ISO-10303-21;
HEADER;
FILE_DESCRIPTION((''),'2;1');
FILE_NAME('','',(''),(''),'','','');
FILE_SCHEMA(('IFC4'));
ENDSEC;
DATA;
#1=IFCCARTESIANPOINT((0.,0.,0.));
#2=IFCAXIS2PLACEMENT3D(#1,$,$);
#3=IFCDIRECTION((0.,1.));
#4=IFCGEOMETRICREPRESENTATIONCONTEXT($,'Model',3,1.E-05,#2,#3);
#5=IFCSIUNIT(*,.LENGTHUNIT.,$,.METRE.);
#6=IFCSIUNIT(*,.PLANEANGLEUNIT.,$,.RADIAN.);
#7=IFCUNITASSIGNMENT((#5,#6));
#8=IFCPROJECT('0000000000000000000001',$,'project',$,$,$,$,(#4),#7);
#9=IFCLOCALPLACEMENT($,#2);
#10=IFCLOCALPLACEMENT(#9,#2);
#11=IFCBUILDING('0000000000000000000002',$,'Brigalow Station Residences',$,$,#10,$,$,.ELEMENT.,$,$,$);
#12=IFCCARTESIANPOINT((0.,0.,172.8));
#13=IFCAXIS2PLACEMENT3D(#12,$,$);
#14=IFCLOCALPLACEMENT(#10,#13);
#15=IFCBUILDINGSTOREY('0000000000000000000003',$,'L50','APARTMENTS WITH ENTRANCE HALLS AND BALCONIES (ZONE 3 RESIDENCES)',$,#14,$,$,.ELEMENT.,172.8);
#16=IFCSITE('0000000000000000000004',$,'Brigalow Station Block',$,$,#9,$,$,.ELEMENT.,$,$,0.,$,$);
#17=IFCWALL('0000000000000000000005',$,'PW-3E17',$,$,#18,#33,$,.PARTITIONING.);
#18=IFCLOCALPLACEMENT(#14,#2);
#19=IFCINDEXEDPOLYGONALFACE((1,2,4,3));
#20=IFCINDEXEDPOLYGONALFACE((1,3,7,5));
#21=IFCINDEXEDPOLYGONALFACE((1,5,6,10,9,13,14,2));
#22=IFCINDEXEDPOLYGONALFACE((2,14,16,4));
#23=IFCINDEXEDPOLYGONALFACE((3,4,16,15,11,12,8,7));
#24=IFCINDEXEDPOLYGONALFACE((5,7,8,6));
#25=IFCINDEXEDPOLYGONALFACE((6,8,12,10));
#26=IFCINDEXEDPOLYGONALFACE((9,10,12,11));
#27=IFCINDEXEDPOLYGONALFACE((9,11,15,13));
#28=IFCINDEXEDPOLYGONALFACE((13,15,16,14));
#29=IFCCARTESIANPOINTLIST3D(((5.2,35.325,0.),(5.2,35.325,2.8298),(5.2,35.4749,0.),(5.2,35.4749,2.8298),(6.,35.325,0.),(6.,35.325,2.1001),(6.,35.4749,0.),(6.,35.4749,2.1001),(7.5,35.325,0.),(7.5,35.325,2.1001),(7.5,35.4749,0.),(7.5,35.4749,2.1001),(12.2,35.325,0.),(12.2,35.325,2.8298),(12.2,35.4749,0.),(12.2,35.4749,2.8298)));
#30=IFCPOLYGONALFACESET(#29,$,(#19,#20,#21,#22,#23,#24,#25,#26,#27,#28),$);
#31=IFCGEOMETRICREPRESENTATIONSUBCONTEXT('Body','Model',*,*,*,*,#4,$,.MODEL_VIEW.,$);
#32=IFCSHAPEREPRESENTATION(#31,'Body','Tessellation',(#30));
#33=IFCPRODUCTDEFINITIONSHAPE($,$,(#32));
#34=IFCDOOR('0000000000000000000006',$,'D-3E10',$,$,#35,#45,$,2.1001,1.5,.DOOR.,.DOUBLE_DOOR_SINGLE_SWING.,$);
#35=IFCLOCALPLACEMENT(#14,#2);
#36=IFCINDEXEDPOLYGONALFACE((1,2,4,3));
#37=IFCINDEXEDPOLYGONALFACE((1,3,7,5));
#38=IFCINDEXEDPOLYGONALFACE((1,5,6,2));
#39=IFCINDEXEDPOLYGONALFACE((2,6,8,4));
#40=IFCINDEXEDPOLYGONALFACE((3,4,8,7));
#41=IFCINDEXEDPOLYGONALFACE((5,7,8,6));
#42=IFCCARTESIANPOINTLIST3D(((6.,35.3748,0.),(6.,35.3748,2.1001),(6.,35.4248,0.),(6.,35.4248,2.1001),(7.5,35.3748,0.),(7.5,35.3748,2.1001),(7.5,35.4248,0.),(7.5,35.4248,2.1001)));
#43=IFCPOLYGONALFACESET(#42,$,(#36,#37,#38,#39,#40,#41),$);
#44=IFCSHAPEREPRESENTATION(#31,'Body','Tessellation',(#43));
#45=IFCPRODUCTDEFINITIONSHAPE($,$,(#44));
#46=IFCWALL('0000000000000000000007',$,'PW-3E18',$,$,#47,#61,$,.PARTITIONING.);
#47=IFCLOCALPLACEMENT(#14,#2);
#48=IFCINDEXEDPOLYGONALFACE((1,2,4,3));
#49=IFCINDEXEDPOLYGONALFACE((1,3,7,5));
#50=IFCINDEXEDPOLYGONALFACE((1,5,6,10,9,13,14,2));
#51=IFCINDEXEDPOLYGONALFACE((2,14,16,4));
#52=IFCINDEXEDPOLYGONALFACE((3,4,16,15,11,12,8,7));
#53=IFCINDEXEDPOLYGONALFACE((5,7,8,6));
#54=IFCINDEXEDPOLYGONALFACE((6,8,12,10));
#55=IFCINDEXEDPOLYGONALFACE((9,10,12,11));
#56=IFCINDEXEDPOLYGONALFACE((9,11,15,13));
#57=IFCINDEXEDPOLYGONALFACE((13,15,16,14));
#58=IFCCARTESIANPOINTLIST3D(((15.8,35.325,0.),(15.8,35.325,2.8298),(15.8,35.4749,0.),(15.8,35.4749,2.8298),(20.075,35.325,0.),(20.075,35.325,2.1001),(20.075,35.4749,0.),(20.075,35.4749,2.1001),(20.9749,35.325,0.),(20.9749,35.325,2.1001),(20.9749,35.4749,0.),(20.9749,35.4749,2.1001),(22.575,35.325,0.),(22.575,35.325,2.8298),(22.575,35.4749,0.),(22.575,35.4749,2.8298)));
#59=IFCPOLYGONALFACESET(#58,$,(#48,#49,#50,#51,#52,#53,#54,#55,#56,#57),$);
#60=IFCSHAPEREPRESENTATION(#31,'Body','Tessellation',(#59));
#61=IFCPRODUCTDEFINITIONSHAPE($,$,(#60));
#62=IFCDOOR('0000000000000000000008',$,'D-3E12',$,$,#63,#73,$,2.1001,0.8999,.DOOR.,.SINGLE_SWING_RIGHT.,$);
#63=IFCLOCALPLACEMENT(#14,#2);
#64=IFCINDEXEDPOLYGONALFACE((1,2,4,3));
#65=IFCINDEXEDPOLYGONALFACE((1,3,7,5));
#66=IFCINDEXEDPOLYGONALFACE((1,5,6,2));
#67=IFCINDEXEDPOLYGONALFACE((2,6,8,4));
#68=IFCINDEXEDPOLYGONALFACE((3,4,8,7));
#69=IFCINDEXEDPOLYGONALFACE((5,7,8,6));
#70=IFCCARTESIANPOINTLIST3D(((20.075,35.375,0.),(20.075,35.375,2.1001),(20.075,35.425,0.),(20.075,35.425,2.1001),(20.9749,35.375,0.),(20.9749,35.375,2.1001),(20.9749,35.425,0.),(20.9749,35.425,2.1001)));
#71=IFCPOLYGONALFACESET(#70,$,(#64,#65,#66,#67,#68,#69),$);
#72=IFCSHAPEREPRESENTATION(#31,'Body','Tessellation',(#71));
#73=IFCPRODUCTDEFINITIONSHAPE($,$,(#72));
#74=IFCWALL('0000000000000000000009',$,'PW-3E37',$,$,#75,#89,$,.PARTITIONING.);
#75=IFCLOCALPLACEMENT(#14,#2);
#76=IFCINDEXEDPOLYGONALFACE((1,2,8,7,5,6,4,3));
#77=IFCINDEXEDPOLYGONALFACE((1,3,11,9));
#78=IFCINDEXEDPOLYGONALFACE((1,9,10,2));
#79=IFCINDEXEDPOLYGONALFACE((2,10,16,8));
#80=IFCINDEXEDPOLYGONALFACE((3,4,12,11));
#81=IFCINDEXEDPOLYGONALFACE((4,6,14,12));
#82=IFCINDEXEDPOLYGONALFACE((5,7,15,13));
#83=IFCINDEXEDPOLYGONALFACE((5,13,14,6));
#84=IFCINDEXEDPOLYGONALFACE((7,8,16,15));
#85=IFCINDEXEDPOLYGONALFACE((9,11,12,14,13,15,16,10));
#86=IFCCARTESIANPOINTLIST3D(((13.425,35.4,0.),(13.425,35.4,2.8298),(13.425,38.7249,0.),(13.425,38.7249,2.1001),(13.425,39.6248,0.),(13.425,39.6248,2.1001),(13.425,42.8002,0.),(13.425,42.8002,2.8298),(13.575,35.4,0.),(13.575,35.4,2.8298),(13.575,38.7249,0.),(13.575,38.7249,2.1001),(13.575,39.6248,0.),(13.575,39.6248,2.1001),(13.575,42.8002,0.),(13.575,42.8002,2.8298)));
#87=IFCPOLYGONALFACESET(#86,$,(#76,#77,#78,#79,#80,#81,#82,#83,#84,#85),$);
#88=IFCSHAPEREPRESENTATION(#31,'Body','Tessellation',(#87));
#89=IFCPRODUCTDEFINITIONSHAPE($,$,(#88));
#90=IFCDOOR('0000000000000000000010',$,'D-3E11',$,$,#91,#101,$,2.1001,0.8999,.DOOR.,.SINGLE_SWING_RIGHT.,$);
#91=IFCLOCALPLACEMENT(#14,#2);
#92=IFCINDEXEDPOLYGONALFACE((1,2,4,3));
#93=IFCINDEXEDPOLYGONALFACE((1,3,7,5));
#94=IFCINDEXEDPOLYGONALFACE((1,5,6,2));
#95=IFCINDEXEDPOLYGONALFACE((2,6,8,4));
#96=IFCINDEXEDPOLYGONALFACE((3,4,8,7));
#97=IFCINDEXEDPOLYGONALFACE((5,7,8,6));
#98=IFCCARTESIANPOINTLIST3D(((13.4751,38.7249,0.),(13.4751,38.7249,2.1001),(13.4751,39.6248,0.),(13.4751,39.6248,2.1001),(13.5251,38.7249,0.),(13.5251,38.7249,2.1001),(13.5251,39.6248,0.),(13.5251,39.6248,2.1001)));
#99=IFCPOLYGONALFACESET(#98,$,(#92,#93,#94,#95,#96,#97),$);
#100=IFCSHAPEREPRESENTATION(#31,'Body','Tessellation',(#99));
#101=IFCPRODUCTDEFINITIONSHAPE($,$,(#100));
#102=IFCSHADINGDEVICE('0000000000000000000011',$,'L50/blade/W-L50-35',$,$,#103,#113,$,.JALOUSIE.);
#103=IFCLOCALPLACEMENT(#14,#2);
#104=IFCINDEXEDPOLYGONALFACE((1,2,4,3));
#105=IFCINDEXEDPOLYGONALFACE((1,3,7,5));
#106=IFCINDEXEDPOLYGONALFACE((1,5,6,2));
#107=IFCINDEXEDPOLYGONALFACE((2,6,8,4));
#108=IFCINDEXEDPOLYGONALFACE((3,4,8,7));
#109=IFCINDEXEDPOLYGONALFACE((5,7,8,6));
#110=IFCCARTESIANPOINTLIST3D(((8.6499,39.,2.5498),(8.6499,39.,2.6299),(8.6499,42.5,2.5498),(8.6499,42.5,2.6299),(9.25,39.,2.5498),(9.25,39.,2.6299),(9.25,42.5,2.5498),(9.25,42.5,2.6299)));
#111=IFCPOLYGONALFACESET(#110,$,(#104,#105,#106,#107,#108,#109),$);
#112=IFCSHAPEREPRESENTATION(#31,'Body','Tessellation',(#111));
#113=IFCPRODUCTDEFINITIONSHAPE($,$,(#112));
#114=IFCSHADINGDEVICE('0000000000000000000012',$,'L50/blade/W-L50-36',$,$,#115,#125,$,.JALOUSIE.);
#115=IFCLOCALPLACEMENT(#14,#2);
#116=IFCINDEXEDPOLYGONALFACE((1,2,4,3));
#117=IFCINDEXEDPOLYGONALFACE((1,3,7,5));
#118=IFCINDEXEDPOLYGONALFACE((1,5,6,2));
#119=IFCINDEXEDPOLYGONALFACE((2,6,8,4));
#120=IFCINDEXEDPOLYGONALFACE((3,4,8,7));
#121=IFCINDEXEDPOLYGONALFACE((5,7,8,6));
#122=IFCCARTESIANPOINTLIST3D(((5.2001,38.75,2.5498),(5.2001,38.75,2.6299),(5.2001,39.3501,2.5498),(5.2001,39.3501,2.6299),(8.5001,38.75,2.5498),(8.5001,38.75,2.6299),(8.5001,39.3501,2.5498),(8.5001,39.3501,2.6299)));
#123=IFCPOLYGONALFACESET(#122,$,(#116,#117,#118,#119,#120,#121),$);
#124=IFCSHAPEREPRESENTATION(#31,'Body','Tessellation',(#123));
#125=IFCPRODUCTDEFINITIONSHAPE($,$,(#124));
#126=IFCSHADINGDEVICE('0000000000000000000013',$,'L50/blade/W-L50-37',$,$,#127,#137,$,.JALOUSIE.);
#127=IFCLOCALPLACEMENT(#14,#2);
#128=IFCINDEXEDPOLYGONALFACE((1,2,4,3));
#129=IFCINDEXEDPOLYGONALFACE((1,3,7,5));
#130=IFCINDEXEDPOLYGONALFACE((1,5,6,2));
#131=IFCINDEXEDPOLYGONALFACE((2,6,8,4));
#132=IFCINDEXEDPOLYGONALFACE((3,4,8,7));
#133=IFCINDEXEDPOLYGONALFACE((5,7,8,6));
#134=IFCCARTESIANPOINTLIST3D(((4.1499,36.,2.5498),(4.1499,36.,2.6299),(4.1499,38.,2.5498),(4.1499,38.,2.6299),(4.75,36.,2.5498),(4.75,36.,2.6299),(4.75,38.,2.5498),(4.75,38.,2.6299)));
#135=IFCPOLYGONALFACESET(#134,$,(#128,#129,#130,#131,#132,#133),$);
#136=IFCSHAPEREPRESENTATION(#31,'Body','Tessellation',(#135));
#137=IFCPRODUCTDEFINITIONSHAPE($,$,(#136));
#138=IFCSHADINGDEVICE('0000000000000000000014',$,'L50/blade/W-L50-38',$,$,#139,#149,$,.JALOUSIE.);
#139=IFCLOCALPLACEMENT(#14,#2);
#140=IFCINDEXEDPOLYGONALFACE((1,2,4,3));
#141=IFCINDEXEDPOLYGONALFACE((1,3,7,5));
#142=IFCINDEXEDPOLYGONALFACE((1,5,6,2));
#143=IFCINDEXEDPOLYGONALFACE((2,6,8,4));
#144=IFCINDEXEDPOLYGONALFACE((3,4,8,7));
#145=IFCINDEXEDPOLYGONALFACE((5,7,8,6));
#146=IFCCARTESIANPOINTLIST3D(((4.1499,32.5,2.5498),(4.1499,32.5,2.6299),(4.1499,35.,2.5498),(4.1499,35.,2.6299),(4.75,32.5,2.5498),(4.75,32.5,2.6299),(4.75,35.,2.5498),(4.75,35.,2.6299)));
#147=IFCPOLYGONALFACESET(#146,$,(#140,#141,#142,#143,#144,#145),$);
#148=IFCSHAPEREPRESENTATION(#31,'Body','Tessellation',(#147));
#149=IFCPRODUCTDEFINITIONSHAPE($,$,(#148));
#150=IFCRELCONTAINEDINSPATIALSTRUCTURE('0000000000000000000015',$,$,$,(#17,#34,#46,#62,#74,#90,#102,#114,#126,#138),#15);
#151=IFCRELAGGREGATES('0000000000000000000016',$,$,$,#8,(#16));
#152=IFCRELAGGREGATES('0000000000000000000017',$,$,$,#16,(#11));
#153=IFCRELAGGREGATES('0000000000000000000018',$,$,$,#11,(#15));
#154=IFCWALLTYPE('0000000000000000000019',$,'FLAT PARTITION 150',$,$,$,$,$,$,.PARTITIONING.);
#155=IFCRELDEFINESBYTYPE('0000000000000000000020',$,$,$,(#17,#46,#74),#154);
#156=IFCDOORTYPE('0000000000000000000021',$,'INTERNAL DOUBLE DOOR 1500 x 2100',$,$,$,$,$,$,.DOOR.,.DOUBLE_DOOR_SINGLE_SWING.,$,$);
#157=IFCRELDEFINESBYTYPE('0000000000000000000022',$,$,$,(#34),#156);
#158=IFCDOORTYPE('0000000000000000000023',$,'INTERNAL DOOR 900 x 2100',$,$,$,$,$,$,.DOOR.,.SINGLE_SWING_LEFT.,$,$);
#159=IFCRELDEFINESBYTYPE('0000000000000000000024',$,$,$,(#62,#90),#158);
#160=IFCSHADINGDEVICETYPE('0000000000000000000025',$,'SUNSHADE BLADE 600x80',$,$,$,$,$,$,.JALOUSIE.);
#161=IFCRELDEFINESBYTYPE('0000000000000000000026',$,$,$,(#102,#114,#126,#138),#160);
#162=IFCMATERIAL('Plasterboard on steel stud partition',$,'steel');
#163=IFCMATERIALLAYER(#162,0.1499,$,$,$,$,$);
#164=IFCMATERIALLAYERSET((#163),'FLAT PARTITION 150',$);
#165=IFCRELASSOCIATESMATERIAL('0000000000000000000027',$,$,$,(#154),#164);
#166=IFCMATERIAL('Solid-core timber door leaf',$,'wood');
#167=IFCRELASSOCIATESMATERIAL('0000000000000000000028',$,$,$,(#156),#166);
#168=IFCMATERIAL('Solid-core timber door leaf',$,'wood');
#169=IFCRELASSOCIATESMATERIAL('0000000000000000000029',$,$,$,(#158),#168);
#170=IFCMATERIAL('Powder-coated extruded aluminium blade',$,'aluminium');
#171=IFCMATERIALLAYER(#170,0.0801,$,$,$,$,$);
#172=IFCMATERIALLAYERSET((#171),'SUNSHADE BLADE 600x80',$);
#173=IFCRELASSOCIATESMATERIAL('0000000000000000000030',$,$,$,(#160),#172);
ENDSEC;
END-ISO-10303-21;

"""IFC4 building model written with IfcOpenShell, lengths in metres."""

from ifc_helpers import new_model, si_unit, direction, frame, frame_2d, origin, origin_2d, place, context, subcontext, project, spatial, rectangle, extrude, material, layer, layer_set, type_object, element, fill, save


model = new_model("IFC4")

# Units and contexts
model_context = context("Model", 3, precision=1e-05, world=origin(), true_north=direction((0.0, 1.0)))
body_context = subcontext(model_context, "Body", "Model", "MODEL_VIEW")
ifc_project = project(units=[si_unit("LENGTHUNIT", "METRE"), si_unit("PLANEANGLEUNIT", "RADIAN")], contexts=[model_context])

# Site, building, storey
site_placement = place(None, origin())
site = spatial("IfcSite", under=ifc_project, at=site_placement, Name="Brigalow Station Block", CompositionType="ELEMENT", RefElevation=0.0)
building_placement = place(site_placement, origin())
building = spatial("IfcBuilding", under=site, at=building_placement, Name="Brigalow Station Residences", CompositionType="ELEMENT")
storey_placement = place(building_placement, frame((0.0, 0.0, 172.8)))
storey = spatial("IfcBuildingStorey", under=building, at=storey_placement, Name="L50", Description="APARTMENTS WITH ENTRANCE HALLS AND BALCONIES (ZONE 3 RESIDENCES)", CompositionType="ELEMENT", Elevation=172.8)

# Walls, openings, doors
ifc_material_1 = material(Name="Plasterboard on steel stud partition", Category="steel")
ifc_layer_1 = layer(ifc_material_1, 0.1499)
ifc_layer_set_1 = layer_set([ifc_layer_1], Name="FLAT PARTITION 150")
wall_type_1 = type_object("IfcWallType", Name="FLAT PARTITION 150", PredefinedType="PARTITIONING", material=ifc_layer_set_1)
wall_1_placement = place(storey_placement, frame((5.2, 35.3999, 0.0), z_axis=(0.0, 0.0, 1.0), x_axis=(1.0, 0.0, 0.0)))
wall_1 = element("IfcWall", 1, at=wall_1_placement, inside=storey, type_object=wall_type_1, Name="PW-3E17", PredefinedType="PARTITIONING", context=body_context, shape_type="SweptSolid", body=[
    extrude(rectangle(XDim=7.0, YDim=0.1499, at=frame_2d((3.5, 0.0))), origin(), (0.0, 0.0, 1.0), 2.8298),
])
opening_1_placement = place(wall_1_placement, frame((0.8, 0.0, 0.0)))
opening_1 = element("IfcOpeningElement", 2, at=opening_1_placement, cuts=wall_1, PredefinedType="OPENING", context=body_context, shape_type="SweptSolid", body=[
    extrude(rectangle(XDim=1.5, YDim=2.1001, at=frame_2d((0.75, 1.05))), frame((0.0, 0.085, 0.0), z_axis=(0.0, -1.0, 0.0), x_axis=(1.0, 0.0, 0.0)), (0.0, 0.0, 1.0), 0.1699),
])
ifc_material_2 = material(Name="Solid-core timber door leaf", Category="wood")
door_type_1 = type_object("IfcDoorType", Name="INTERNAL DOUBLE DOOR 1500 x 2100", OperationType="DOUBLE_DOOR_SINGLE_SWING", PredefinedType="DOOR", material=ifc_material_2)
door_1_placement = place(opening_1_placement, origin())
door_1 = element("IfcDoor", 3, at=door_1_placement, inside=storey, type_object=door_type_1, Name="D-3E10", OperationType="DOUBLE_DOOR_SINGLE_SWING", OverallHeight=2.1001, OverallWidth=1.5, PredefinedType="DOOR", context=body_context, shape_type="SweptSolid", body=[
    extrude(rectangle(XDim=1.5, YDim=2.1001, at=frame_2d((0.75, 1.05))), frame((0.0, 0.0249, 0.0), z_axis=(0.0, -1.0, 0.0), x_axis=(1.0, 0.0, 0.0)), (0.0, 0.0, 1.0), 0.05),
])
fill(opening_1, door_1)
wall_2_placement = place(storey_placement, frame((15.8, 35.3999, 0.0), z_axis=(0.0, 0.0, 1.0), x_axis=(1.0, 0.0, 0.0)))
wall_2 = element("IfcWall", 4, at=wall_2_placement, inside=storey, type_object=wall_type_1, Name="PW-3E18", PredefinedType="PARTITIONING", context=body_context, shape_type="SweptSolid", body=[
    extrude(rectangle(XDim=6.7749, YDim=0.1499, at=frame_2d((3.3875, 0.0))), origin(), (0.0, 0.0, 1.0), 2.8298),
])
opening_2_placement = place(wall_2_placement, frame((4.2749, 0.0, 0.0)))
opening_2 = element("IfcOpeningElement", 5, at=opening_2_placement, cuts=wall_2, PredefinedType="OPENING", context=body_context, shape_type="SweptSolid", body=[
    extrude(rectangle(XDim=0.8999, YDim=2.1001, at=frame_2d((0.45, 1.05))), frame((0.0, 0.085, 0.0), z_axis=(0.0, -1.0, 0.0), x_axis=(1.0, 0.0, 0.0)), (0.0, 0.0, 1.0), 0.1699),
])
ifc_material_3 = material(Name="Solid-core timber door leaf", Category="wood")
door_type_2 = type_object("IfcDoorType", Name="INTERNAL DOOR 900 x 2100", OperationType="SINGLE_SWING_LEFT", PredefinedType="DOOR", material=ifc_material_3)
door_2_placement = place(opening_2_placement, frame((0.8999, 0.0, 0.0), z_axis=(0.0, 0.0, 1.0), x_axis=(-1.0, 0.0, 0.0)))
door_2 = element("IfcDoor", 6, at=door_2_placement, inside=storey, type_object=door_type_2, Name="D-3E12", OperationType="SINGLE_SWING_RIGHT", OverallHeight=2.1001, OverallWidth=0.8999, PredefinedType="DOOR", context=body_context, shape_type="SweptSolid", body=[
    extrude(rectangle(XDim=0.8999, YDim=2.1001, at=frame_2d((0.45, 1.05))), frame((0.0, 0.0249, 0.0), z_axis=(0.0, -1.0, 0.0), x_axis=(1.0, 0.0, 0.0)), (0.0, 0.0, 1.0), 0.05),
])
fill(opening_2, door_2)
wall_3_placement = place(storey_placement, frame((13.5, 35.3999, 0.0), z_axis=(0.0, 0.0, 1.0), x_axis=(0.0, 1.0, 0.0)))
wall_3 = element("IfcWall", 7, at=wall_3_placement, inside=storey, type_object=wall_type_1, Name="PW-3E37", PredefinedType="PARTITIONING", context=body_context, shape_type="SweptSolid", body=[
    extrude(rectangle(XDim=7.4001, YDim=0.1499, at=frame_2d((3.7002, 0.0))), origin(), (0.0, 0.0, 1.0), 2.8298),
])
opening_3_placement = place(wall_3_placement, frame((3.325, 0.0, 0.0)))
opening_3 = element("IfcOpeningElement", 8, at=opening_3_placement, cuts=wall_3, PredefinedType="OPENING", context=body_context, shape_type="SweptSolid", body=[
    extrude(rectangle(XDim=0.8999, YDim=2.1001, at=frame_2d((0.45, 1.05))), frame((0.0, 0.085, 0.0), z_axis=(0.0, -1.0, 0.0), x_axis=(1.0, 0.0, 0.0)), (0.0, 0.0, 1.0), 0.1699),
])
door_3_placement = place(opening_3_placement, origin())
door_3 = element("IfcDoor", 9, at=door_3_placement, inside=storey, type_object=door_type_2, Name="D-3E11", OperationType="SINGLE_SWING_RIGHT", OverallHeight=2.1001, OverallWidth=0.8999, PredefinedType="DOOR", context=body_context, shape_type="SweptSolid", body=[
    extrude(rectangle(XDim=0.8999, YDim=2.1001, at=frame_2d((0.45, 1.05))), frame((0.0, 0.0249, 0.0), z_axis=(0.0, -1.0, 0.0), x_axis=(1.0, 0.0, 0.0)), (0.0, 0.0, 1.0), 0.05),
])
fill(opening_3, door_3)

# Shading devices
ifc_material_4 = material(Name="Powder-coated extruded aluminium blade", Category="aluminium")
ifc_layer_2 = layer(ifc_material_4, 0.0801)
ifc_layer_set_2 = layer_set([ifc_layer_2], Name="SUNSHADE BLADE 600x80")
shading_device_type = type_object("IfcShadingDeviceType", Name="SUNSHADE BLADE 600x80", PredefinedType="JALOUSIE", material=ifc_layer_set_2)
shading_device_1_placement = place(storey_placement, frame((8.95, 40.75, 2.5498), z_axis=(0.0, 0.0, 1.0), x_axis=(0.0, -1.0, 0.0)))
element("IfcShadingDevice", 10, at=shading_device_1_placement, inside=storey, type_object=shading_device_type, Name="L50/blade/W-L50-35", PredefinedType="JALOUSIE", context=body_context, shape_type="SweptSolid", body=[
    extrude(rectangle(XDim=3.5, YDim=0.6001, at=origin_2d()), origin(), (0.0, 0.0, 1.0), 0.0801),
])
shading_device_2_placement = place(storey_placement, frame((6.8501, 39.05, 2.5498), z_axis=(0.0, 0.0, 1.0), x_axis=(-1.0, 0.0, 0.0)))
element("IfcShadingDevice", 11, at=shading_device_2_placement, inside=storey, type_object=shading_device_type, Name="L50/blade/W-L50-36", PredefinedType="JALOUSIE", context=body_context, shape_type="SweptSolid", body=[
    extrude(rectangle(XDim=3.3, YDim=0.6001, at=origin_2d()), origin(), (0.0, 0.0, 1.0), 0.0801),
])
shading_device_3_placement = place(storey_placement, frame((4.45, 37.0, 2.5498), z_axis=(0.0, 0.0, 1.0), x_axis=(0.0, -1.0, 0.0)))
element("IfcShadingDevice", 12, at=shading_device_3_placement, inside=storey, type_object=shading_device_type, Name="L50/blade/W-L50-37", PredefinedType="JALOUSIE", context=body_context, shape_type="SweptSolid", body=[
    extrude(rectangle(XDim=2.0, YDim=0.6001, at=origin_2d()), origin(), (0.0, 0.0, 1.0), 0.0801),
])
shading_device_4_placement = place(storey_placement, frame((4.45, 33.75, 2.5498), z_axis=(0.0, 0.0, 1.0), x_axis=(0.0, -1.0, 0.0)))
element("IfcShadingDevice", 13, at=shading_device_4_placement, inside=storey, type_object=shading_device_type, Name="L50/blade/W-L50-38", PredefinedType="JALOUSIE", context=body_context, shape_type="SweptSolid", body=[
    extrude(rectangle(XDim=2.5, YDim=0.6001, at=origin_2d()), origin(), (0.0, 0.0, 1.0), 0.0801),
])

save(model, "model.ifc")
